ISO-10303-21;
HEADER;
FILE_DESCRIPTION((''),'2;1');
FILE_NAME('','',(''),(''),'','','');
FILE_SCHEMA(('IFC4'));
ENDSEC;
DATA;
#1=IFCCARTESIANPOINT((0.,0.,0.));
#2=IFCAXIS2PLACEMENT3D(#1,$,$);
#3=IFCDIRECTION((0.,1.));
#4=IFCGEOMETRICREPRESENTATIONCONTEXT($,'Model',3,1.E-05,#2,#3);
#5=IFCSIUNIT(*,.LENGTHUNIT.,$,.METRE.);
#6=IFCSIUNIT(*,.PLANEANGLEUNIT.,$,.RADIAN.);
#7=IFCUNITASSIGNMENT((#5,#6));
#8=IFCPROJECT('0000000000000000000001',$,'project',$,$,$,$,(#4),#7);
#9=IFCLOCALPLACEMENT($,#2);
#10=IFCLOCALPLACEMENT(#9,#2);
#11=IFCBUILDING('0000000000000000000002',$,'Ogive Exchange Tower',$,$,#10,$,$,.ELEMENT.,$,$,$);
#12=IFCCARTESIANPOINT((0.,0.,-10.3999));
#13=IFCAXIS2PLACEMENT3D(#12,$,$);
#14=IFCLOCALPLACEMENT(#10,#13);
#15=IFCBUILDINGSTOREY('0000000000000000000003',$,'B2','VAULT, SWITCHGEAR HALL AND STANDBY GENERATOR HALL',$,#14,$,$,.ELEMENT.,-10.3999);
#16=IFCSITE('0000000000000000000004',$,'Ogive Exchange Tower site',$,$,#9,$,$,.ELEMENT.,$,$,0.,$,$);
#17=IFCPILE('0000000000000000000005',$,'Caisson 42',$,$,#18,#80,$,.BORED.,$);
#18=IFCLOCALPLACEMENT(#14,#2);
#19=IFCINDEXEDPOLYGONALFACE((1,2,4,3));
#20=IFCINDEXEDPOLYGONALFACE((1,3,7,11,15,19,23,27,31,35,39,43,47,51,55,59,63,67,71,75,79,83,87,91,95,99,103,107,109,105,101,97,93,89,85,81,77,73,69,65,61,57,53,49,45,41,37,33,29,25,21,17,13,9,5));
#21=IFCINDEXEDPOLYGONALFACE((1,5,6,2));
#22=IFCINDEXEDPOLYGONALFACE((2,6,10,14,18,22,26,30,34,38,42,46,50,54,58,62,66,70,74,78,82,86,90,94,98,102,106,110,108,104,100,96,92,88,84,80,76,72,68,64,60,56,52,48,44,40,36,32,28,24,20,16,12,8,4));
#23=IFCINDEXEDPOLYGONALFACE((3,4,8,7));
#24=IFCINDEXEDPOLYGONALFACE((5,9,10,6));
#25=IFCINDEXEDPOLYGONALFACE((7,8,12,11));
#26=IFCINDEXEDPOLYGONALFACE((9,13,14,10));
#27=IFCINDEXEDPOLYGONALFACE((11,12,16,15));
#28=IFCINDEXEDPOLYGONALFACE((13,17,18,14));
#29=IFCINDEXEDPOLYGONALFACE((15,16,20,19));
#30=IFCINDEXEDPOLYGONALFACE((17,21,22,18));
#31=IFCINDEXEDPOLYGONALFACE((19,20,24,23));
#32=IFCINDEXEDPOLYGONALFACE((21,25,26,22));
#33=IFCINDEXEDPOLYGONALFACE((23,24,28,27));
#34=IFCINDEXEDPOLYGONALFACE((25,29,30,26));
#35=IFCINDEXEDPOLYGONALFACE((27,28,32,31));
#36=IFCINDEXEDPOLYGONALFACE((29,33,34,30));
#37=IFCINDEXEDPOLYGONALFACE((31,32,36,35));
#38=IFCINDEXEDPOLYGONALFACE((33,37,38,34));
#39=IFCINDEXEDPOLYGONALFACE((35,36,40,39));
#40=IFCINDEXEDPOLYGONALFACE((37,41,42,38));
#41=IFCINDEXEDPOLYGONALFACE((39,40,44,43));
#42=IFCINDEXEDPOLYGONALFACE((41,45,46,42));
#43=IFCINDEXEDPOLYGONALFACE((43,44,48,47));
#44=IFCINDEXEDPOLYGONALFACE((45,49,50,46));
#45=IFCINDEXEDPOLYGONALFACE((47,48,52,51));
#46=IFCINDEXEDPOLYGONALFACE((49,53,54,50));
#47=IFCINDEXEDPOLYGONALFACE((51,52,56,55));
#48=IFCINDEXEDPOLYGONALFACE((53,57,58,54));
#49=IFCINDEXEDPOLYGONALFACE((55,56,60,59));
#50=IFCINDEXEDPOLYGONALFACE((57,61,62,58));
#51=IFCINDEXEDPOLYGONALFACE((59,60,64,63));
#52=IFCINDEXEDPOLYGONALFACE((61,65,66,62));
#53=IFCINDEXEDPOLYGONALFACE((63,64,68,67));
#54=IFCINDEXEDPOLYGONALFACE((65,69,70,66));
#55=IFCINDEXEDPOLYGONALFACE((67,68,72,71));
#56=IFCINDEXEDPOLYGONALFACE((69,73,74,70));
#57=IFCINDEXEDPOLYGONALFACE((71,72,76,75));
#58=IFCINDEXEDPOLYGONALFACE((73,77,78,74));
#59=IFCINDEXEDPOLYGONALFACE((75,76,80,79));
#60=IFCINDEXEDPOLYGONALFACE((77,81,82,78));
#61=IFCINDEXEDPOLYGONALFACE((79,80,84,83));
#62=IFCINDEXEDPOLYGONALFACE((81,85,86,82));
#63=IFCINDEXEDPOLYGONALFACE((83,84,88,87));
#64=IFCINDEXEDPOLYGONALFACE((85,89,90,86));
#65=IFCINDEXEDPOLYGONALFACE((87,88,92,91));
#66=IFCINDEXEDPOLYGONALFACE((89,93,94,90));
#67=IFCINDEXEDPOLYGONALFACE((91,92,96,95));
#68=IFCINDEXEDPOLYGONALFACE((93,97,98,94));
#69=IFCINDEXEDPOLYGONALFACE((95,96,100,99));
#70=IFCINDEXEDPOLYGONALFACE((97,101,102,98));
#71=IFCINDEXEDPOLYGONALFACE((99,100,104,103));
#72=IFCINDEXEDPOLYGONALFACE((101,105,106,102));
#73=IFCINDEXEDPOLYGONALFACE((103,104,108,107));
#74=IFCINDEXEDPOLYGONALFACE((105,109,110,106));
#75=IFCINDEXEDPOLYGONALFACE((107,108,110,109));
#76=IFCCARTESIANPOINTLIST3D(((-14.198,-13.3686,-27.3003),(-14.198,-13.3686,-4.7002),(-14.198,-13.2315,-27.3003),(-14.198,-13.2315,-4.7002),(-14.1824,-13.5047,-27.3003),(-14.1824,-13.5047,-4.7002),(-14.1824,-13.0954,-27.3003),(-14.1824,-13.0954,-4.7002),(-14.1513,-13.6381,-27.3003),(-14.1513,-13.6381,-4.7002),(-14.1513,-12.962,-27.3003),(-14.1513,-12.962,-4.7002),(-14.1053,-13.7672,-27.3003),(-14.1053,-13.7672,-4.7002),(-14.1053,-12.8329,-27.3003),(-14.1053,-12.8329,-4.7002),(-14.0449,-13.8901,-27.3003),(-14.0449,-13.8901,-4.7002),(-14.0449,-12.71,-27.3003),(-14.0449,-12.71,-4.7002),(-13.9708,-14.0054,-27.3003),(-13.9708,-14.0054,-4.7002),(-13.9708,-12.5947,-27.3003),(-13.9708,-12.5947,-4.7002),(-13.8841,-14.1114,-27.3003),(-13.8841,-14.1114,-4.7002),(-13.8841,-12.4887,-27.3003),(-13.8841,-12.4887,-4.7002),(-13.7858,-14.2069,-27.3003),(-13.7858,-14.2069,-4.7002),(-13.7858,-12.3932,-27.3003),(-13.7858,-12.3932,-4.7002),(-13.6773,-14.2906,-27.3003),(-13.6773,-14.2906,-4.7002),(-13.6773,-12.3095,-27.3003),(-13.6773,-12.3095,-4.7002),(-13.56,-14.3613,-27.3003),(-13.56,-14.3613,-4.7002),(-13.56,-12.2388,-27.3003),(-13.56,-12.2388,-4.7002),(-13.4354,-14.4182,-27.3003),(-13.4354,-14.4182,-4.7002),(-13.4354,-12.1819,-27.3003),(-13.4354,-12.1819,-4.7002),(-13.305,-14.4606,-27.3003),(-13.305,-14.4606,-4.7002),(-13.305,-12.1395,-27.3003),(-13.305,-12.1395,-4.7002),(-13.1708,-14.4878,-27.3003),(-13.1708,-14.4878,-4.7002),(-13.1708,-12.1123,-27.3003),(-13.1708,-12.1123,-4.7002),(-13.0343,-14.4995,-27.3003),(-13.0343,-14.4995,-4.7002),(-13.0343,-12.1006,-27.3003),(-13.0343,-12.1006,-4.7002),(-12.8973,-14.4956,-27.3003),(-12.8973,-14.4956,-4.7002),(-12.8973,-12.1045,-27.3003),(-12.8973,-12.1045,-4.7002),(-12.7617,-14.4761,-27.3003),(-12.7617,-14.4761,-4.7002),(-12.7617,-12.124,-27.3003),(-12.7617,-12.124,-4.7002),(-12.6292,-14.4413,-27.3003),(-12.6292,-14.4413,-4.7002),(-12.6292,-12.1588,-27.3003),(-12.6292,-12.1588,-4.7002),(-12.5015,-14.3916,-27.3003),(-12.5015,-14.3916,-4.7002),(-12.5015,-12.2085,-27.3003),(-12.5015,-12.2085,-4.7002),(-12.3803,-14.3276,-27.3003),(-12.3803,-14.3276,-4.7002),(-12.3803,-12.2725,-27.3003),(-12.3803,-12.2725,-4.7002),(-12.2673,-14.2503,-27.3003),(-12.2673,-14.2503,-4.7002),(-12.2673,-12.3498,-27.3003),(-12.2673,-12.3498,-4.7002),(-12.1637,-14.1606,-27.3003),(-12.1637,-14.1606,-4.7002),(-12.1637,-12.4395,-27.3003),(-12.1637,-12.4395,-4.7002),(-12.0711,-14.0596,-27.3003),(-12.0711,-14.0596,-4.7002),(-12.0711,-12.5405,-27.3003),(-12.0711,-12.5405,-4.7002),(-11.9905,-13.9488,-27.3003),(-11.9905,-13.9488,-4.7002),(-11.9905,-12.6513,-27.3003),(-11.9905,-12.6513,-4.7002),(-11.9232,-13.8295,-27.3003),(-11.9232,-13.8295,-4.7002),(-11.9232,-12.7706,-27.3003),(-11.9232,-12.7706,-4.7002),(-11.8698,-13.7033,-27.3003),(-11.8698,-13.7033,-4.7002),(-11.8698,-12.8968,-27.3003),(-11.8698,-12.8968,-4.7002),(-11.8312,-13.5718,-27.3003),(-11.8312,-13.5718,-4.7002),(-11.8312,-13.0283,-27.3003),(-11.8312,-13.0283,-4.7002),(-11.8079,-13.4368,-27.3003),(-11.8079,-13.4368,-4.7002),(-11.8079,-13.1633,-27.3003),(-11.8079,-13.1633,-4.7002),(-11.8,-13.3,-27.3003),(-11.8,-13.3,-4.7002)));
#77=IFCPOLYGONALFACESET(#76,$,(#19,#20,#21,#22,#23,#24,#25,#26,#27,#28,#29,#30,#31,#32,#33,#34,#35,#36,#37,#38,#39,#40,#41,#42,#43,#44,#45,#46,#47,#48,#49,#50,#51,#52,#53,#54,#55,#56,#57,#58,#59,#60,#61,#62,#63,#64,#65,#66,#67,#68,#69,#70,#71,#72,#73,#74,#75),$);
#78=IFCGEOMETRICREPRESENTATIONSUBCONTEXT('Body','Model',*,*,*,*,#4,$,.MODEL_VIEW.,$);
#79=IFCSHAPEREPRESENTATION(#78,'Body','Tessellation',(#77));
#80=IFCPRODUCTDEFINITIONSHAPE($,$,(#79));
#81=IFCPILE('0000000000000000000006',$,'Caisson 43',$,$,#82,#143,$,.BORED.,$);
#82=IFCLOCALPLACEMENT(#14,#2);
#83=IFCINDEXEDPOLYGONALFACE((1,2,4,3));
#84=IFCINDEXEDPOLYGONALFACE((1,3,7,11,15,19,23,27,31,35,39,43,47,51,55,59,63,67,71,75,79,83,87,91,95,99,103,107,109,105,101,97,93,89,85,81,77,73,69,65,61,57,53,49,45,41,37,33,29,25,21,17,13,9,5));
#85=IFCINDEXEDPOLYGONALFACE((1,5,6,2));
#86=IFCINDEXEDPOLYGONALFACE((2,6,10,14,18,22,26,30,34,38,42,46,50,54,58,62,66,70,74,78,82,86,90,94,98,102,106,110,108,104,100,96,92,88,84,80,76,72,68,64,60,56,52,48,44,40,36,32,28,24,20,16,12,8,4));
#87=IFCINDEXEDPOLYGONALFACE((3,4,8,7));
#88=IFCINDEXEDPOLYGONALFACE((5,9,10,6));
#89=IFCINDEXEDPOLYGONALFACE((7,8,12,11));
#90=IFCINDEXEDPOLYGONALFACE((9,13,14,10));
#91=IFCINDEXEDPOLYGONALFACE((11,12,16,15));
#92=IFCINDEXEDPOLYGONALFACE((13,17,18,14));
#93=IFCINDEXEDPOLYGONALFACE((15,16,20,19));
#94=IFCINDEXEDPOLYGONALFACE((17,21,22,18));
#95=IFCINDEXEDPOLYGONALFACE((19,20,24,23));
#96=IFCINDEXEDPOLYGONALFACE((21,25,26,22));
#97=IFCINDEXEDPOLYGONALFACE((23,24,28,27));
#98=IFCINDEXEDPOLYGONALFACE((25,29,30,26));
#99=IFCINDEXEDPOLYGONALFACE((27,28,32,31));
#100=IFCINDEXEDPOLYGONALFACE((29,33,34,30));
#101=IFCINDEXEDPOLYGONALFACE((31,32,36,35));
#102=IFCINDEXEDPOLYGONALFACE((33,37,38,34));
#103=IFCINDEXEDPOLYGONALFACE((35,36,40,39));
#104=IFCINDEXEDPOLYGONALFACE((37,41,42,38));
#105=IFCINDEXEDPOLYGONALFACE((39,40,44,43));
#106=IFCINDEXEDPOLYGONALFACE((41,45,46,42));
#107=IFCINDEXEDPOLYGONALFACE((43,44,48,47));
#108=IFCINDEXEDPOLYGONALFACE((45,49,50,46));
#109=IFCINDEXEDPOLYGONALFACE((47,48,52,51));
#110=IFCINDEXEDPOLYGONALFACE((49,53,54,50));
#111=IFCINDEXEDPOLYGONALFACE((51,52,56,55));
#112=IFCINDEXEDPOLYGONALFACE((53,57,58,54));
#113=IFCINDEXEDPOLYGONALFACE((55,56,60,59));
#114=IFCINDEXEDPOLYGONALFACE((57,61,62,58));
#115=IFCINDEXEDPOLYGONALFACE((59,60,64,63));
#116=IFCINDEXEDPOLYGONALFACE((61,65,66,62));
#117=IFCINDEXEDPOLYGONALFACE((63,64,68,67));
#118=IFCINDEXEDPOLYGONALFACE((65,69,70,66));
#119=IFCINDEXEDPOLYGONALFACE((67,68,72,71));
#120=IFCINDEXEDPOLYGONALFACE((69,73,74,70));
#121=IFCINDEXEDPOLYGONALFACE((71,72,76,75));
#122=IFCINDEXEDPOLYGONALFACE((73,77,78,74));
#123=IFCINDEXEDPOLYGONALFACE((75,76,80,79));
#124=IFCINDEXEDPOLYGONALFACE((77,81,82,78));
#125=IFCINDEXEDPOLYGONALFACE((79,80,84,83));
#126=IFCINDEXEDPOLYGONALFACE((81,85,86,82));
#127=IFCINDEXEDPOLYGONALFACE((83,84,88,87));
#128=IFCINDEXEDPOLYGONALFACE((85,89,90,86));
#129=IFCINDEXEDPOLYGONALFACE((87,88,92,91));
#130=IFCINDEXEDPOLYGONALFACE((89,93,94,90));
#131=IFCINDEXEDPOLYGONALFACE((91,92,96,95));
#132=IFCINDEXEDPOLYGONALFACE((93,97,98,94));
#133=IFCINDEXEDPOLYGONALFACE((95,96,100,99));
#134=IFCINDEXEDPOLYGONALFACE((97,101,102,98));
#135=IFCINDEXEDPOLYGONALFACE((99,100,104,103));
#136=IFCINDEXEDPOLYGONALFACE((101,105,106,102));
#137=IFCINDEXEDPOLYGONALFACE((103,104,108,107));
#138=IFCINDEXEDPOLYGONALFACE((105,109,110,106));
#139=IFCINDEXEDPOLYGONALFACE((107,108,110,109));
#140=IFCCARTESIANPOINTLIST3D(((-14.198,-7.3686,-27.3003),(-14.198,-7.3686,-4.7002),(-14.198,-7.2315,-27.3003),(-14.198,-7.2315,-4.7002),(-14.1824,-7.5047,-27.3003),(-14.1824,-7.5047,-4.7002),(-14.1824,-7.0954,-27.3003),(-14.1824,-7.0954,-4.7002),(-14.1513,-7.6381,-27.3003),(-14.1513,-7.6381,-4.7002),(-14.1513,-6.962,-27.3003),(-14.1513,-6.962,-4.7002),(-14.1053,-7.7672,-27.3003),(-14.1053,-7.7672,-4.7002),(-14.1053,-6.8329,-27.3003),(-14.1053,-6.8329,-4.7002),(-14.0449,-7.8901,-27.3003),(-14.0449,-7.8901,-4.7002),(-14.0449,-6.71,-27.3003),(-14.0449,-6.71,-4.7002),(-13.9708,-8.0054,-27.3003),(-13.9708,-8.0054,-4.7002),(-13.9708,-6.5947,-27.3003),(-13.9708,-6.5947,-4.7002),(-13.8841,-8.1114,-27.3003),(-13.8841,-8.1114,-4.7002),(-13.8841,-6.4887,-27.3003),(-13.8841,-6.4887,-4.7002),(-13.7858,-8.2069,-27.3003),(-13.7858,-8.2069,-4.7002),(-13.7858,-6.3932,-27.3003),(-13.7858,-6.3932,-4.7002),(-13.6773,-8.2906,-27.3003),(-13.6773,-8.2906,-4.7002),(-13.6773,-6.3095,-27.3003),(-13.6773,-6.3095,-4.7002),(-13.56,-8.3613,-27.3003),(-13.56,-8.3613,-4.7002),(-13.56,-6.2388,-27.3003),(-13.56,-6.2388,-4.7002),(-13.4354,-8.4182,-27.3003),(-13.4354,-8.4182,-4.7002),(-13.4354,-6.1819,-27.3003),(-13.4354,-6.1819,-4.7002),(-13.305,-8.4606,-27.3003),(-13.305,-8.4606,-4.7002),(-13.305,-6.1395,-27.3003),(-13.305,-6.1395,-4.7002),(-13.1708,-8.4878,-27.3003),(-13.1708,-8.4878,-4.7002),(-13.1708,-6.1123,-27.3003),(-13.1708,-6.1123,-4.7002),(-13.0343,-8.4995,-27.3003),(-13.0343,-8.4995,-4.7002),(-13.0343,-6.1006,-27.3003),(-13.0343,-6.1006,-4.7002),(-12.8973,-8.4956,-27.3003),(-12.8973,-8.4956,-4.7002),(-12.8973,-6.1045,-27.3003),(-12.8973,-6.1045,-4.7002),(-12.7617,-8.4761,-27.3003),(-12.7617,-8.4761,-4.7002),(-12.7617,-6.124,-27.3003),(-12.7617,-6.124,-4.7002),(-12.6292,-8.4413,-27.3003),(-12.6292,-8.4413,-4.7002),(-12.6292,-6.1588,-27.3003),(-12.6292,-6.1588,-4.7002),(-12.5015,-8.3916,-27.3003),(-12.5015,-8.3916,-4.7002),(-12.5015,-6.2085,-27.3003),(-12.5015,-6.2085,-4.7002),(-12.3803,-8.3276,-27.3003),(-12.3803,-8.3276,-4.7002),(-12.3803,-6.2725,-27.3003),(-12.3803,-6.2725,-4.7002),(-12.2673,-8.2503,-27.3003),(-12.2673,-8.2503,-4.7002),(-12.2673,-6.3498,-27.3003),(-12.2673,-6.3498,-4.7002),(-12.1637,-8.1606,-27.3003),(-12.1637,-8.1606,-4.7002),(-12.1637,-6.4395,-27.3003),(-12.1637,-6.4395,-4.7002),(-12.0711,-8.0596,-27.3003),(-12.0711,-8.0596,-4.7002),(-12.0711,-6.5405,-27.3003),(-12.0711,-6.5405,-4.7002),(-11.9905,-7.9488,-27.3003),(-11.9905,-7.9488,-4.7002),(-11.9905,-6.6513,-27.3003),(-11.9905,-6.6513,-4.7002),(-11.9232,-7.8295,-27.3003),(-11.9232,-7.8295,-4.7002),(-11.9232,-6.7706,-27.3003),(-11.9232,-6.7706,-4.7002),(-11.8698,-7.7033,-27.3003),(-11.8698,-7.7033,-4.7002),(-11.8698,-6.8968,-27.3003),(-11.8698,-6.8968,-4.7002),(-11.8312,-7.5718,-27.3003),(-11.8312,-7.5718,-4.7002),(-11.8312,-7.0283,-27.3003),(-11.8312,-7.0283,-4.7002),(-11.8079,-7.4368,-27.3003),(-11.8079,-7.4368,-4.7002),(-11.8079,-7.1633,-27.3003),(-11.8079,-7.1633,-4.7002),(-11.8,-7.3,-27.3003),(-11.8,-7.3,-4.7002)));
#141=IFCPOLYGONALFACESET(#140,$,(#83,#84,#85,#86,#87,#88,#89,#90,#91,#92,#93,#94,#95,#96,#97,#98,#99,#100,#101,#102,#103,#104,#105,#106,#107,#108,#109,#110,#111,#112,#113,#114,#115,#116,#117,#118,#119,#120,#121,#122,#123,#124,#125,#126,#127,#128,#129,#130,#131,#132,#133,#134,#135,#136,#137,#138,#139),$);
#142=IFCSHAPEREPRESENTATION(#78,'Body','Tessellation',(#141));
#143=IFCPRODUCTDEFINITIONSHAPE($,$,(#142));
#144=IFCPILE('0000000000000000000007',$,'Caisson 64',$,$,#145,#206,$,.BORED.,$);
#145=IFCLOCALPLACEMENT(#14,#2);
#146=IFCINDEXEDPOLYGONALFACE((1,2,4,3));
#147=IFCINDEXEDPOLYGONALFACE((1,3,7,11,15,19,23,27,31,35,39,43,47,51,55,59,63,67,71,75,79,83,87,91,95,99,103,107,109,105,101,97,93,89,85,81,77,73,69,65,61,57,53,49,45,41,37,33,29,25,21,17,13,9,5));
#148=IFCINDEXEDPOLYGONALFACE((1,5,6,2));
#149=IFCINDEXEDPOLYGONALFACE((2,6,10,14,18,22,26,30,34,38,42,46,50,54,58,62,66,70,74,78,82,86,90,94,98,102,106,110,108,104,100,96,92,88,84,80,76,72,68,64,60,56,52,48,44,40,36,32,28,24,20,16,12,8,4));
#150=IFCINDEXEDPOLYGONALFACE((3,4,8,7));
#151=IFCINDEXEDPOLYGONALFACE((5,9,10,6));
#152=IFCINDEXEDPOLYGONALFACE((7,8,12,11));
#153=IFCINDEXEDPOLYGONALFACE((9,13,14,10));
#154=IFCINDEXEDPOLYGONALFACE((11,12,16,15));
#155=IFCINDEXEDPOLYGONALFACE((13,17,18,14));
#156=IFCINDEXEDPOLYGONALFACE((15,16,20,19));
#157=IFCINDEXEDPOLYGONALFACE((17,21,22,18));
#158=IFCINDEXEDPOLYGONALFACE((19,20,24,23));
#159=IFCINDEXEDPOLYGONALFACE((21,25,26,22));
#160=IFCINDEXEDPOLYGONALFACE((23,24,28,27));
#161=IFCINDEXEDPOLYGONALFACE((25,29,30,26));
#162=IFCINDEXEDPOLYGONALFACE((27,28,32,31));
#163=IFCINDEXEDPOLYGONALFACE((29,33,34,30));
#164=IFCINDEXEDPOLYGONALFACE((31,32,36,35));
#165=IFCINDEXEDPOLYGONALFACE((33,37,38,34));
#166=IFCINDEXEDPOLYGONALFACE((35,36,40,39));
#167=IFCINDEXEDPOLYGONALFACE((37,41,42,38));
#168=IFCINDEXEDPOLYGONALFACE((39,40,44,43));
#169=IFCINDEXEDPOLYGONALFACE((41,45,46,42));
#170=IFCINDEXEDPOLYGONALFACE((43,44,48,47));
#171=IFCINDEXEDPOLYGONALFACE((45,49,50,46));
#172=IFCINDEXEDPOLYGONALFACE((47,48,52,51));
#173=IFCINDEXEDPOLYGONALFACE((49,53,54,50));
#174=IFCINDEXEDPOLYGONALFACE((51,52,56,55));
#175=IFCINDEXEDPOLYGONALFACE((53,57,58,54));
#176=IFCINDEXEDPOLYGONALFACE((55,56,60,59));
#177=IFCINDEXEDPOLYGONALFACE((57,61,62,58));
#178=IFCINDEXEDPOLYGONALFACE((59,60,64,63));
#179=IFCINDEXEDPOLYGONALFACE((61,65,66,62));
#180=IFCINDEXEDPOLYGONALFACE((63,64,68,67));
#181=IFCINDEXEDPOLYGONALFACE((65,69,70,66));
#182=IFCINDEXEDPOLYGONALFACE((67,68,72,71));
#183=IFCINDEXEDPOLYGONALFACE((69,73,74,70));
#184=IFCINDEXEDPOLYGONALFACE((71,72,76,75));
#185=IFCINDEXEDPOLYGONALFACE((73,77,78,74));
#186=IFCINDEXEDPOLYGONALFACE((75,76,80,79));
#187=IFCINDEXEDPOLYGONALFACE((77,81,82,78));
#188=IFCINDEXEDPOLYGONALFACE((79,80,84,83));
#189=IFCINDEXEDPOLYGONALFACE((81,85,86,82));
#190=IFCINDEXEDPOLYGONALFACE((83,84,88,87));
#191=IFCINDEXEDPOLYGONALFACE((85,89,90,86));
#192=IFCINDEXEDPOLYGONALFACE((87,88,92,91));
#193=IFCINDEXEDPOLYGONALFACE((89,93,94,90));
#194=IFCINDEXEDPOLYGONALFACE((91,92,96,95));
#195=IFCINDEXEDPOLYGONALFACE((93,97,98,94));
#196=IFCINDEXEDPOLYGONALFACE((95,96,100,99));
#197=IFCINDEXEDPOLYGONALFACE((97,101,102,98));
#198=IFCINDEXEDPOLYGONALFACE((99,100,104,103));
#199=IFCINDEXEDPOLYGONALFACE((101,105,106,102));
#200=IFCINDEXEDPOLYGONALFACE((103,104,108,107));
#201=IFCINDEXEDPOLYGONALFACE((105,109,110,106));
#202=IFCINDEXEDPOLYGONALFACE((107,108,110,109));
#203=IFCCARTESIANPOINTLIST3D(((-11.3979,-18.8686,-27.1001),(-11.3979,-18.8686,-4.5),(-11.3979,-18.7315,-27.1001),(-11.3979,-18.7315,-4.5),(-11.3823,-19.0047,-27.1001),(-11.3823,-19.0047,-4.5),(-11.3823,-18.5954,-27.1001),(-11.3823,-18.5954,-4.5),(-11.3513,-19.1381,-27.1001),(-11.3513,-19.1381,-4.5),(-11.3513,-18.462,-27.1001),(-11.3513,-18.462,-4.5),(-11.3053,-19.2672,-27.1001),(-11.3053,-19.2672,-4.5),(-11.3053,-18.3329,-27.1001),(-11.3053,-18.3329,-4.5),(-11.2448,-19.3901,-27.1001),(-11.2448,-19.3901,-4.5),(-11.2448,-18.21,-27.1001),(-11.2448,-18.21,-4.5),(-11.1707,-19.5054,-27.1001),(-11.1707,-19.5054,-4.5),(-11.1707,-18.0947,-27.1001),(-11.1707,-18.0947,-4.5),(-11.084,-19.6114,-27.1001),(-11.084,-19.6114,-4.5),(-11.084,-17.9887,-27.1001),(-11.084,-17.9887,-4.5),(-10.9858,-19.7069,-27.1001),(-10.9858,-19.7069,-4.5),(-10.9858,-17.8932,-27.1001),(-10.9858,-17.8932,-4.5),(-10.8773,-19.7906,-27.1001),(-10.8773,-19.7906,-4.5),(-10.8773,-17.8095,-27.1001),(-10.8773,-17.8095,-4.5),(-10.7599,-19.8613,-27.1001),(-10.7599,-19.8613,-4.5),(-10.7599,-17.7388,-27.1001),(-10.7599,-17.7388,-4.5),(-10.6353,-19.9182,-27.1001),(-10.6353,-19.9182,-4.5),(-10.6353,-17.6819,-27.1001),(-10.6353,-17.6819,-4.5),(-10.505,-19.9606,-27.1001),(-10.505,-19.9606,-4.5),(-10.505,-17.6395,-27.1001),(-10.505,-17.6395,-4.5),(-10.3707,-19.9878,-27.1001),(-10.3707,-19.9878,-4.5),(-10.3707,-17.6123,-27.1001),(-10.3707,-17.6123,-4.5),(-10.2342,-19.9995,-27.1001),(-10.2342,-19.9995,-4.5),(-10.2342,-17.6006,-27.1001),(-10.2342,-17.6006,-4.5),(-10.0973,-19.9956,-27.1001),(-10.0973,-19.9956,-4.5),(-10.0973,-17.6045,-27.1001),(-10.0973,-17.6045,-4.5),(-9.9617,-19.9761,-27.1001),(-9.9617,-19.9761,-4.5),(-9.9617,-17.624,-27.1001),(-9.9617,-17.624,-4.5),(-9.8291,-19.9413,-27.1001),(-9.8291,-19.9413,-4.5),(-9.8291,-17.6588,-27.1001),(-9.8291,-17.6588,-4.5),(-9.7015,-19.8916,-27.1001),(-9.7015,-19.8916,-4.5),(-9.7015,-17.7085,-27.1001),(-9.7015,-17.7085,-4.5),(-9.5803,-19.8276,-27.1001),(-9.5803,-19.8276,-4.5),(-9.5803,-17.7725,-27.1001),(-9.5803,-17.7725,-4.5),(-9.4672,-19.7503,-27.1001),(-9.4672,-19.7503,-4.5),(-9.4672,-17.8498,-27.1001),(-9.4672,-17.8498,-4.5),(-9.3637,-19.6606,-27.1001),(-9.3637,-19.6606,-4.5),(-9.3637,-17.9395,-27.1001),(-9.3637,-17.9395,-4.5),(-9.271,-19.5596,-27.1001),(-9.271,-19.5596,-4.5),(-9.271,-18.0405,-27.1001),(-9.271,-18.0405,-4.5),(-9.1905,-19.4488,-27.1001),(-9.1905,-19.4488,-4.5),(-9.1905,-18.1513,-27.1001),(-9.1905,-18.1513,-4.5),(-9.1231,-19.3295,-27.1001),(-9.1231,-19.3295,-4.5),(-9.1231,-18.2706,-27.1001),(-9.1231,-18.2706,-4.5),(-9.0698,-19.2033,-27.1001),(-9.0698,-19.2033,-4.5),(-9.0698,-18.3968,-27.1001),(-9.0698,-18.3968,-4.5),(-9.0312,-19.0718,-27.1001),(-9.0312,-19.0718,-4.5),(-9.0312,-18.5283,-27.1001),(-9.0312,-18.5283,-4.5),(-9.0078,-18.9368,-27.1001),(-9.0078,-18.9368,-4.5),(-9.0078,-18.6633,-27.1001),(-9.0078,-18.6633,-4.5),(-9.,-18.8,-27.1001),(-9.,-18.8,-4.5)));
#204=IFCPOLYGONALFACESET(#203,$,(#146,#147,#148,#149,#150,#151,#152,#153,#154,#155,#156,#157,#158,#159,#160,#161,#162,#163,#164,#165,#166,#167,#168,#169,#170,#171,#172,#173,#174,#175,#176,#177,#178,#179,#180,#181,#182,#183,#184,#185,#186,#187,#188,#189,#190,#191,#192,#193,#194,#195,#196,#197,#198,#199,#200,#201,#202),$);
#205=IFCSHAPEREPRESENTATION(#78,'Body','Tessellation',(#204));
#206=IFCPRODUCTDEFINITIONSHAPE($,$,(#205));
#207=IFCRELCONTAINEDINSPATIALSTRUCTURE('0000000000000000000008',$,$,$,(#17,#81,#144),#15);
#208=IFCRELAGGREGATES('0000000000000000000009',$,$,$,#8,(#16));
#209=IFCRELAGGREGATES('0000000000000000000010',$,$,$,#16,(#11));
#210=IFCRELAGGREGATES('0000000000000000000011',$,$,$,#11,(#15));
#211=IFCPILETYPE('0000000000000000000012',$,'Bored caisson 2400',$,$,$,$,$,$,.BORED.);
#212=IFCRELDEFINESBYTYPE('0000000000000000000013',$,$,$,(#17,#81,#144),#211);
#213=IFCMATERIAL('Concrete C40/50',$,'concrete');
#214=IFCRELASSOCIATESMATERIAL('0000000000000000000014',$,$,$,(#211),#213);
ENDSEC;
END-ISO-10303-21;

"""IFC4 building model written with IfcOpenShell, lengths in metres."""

from ifc_helpers import new_model, si_unit, direction, frame, origin, origin_2d, place, context, subcontext, project, spatial, circle, extrude, material, material_profile, profile_set, type_object, element, save


model = new_model("IFC4")

# Units and contexts
model_context = context("Model", 3, precision=1e-05, world=origin(), true_north=direction((0.0, 1.0)))
body_context = subcontext(model_context, "Body", "Model", "MODEL_VIEW")
ifc_project = project(units=[si_unit("LENGTHUNIT", "METRE"), si_unit("PLANEANGLEUNIT", "RADIAN")], contexts=[model_context])

# Site, building, storey
site_placement = place(None, origin())
site = spatial("IfcSite", under=ifc_project, at=site_placement, Name="Ogive Exchange Tower site", CompositionType="ELEMENT", RefElevation=0.0)
building_placement = place(site_placement, origin())
building = spatial("IfcBuilding", under=site, at=building_placement, Name="Ogive Exchange Tower", CompositionType="ELEMENT")
storey_placement = place(building_placement, frame((0.0, 0.0, -10.3999)))
storey = spatial("IfcBuildingStorey", under=building, at=storey_placement, Name="B2", Description="VAULT, SWITCHGEAR HALL AND STANDBY GENERATOR HALL", CompositionType="ELEMENT", Elevation=-10.3999)

# Piles
ifc_material_1 = material(Name="Concrete C40/50", Category="concrete")
ifc_material_profile = material_profile(ifc_material_1, circle(Radius=1.2, at=origin_2d()), Name="RC caisson 2400")
ifc_profile_set = profile_set([ifc_material_profile], Name="Concrete C40/50")
pile_type = type_object("IfcPileType", Name="Bored caisson 2400", PredefinedType="BORED", material=ifc_profile_set)
for number, where, z_axis, x_axis, name in (
    (1, (-13.0, -13.3, -4.7002), (0.0, 0.0, -1.0), (1.0, 0.0, 0.0), "Caisson 42"),
    (2, (-13.0, -7.3, -4.7002), (0.0, 0.0, -1.0), (1.0, 0.0, 0.0), "Caisson 43"),
    (3, (-10.2, -18.8, -4.5), (0.0, 0.0, -1.0), (1.0, 0.0, 0.0), "Caisson 64"),
):
    element("IfcPile", number, at=place(storey_placement, frame(where, z_axis=z_axis, x_axis=x_axis)), inside=storey, type_object=pile_type, Name=name, PredefinedType="BORED", context=body_context, shape_type="SweptSolid", body=[
        extrude(circle(Radius=1.2, at=origin_2d()), origin(), (0.0, 0.0, 1.0), 22.6001),
    ])

save(model, "model.ifc")
